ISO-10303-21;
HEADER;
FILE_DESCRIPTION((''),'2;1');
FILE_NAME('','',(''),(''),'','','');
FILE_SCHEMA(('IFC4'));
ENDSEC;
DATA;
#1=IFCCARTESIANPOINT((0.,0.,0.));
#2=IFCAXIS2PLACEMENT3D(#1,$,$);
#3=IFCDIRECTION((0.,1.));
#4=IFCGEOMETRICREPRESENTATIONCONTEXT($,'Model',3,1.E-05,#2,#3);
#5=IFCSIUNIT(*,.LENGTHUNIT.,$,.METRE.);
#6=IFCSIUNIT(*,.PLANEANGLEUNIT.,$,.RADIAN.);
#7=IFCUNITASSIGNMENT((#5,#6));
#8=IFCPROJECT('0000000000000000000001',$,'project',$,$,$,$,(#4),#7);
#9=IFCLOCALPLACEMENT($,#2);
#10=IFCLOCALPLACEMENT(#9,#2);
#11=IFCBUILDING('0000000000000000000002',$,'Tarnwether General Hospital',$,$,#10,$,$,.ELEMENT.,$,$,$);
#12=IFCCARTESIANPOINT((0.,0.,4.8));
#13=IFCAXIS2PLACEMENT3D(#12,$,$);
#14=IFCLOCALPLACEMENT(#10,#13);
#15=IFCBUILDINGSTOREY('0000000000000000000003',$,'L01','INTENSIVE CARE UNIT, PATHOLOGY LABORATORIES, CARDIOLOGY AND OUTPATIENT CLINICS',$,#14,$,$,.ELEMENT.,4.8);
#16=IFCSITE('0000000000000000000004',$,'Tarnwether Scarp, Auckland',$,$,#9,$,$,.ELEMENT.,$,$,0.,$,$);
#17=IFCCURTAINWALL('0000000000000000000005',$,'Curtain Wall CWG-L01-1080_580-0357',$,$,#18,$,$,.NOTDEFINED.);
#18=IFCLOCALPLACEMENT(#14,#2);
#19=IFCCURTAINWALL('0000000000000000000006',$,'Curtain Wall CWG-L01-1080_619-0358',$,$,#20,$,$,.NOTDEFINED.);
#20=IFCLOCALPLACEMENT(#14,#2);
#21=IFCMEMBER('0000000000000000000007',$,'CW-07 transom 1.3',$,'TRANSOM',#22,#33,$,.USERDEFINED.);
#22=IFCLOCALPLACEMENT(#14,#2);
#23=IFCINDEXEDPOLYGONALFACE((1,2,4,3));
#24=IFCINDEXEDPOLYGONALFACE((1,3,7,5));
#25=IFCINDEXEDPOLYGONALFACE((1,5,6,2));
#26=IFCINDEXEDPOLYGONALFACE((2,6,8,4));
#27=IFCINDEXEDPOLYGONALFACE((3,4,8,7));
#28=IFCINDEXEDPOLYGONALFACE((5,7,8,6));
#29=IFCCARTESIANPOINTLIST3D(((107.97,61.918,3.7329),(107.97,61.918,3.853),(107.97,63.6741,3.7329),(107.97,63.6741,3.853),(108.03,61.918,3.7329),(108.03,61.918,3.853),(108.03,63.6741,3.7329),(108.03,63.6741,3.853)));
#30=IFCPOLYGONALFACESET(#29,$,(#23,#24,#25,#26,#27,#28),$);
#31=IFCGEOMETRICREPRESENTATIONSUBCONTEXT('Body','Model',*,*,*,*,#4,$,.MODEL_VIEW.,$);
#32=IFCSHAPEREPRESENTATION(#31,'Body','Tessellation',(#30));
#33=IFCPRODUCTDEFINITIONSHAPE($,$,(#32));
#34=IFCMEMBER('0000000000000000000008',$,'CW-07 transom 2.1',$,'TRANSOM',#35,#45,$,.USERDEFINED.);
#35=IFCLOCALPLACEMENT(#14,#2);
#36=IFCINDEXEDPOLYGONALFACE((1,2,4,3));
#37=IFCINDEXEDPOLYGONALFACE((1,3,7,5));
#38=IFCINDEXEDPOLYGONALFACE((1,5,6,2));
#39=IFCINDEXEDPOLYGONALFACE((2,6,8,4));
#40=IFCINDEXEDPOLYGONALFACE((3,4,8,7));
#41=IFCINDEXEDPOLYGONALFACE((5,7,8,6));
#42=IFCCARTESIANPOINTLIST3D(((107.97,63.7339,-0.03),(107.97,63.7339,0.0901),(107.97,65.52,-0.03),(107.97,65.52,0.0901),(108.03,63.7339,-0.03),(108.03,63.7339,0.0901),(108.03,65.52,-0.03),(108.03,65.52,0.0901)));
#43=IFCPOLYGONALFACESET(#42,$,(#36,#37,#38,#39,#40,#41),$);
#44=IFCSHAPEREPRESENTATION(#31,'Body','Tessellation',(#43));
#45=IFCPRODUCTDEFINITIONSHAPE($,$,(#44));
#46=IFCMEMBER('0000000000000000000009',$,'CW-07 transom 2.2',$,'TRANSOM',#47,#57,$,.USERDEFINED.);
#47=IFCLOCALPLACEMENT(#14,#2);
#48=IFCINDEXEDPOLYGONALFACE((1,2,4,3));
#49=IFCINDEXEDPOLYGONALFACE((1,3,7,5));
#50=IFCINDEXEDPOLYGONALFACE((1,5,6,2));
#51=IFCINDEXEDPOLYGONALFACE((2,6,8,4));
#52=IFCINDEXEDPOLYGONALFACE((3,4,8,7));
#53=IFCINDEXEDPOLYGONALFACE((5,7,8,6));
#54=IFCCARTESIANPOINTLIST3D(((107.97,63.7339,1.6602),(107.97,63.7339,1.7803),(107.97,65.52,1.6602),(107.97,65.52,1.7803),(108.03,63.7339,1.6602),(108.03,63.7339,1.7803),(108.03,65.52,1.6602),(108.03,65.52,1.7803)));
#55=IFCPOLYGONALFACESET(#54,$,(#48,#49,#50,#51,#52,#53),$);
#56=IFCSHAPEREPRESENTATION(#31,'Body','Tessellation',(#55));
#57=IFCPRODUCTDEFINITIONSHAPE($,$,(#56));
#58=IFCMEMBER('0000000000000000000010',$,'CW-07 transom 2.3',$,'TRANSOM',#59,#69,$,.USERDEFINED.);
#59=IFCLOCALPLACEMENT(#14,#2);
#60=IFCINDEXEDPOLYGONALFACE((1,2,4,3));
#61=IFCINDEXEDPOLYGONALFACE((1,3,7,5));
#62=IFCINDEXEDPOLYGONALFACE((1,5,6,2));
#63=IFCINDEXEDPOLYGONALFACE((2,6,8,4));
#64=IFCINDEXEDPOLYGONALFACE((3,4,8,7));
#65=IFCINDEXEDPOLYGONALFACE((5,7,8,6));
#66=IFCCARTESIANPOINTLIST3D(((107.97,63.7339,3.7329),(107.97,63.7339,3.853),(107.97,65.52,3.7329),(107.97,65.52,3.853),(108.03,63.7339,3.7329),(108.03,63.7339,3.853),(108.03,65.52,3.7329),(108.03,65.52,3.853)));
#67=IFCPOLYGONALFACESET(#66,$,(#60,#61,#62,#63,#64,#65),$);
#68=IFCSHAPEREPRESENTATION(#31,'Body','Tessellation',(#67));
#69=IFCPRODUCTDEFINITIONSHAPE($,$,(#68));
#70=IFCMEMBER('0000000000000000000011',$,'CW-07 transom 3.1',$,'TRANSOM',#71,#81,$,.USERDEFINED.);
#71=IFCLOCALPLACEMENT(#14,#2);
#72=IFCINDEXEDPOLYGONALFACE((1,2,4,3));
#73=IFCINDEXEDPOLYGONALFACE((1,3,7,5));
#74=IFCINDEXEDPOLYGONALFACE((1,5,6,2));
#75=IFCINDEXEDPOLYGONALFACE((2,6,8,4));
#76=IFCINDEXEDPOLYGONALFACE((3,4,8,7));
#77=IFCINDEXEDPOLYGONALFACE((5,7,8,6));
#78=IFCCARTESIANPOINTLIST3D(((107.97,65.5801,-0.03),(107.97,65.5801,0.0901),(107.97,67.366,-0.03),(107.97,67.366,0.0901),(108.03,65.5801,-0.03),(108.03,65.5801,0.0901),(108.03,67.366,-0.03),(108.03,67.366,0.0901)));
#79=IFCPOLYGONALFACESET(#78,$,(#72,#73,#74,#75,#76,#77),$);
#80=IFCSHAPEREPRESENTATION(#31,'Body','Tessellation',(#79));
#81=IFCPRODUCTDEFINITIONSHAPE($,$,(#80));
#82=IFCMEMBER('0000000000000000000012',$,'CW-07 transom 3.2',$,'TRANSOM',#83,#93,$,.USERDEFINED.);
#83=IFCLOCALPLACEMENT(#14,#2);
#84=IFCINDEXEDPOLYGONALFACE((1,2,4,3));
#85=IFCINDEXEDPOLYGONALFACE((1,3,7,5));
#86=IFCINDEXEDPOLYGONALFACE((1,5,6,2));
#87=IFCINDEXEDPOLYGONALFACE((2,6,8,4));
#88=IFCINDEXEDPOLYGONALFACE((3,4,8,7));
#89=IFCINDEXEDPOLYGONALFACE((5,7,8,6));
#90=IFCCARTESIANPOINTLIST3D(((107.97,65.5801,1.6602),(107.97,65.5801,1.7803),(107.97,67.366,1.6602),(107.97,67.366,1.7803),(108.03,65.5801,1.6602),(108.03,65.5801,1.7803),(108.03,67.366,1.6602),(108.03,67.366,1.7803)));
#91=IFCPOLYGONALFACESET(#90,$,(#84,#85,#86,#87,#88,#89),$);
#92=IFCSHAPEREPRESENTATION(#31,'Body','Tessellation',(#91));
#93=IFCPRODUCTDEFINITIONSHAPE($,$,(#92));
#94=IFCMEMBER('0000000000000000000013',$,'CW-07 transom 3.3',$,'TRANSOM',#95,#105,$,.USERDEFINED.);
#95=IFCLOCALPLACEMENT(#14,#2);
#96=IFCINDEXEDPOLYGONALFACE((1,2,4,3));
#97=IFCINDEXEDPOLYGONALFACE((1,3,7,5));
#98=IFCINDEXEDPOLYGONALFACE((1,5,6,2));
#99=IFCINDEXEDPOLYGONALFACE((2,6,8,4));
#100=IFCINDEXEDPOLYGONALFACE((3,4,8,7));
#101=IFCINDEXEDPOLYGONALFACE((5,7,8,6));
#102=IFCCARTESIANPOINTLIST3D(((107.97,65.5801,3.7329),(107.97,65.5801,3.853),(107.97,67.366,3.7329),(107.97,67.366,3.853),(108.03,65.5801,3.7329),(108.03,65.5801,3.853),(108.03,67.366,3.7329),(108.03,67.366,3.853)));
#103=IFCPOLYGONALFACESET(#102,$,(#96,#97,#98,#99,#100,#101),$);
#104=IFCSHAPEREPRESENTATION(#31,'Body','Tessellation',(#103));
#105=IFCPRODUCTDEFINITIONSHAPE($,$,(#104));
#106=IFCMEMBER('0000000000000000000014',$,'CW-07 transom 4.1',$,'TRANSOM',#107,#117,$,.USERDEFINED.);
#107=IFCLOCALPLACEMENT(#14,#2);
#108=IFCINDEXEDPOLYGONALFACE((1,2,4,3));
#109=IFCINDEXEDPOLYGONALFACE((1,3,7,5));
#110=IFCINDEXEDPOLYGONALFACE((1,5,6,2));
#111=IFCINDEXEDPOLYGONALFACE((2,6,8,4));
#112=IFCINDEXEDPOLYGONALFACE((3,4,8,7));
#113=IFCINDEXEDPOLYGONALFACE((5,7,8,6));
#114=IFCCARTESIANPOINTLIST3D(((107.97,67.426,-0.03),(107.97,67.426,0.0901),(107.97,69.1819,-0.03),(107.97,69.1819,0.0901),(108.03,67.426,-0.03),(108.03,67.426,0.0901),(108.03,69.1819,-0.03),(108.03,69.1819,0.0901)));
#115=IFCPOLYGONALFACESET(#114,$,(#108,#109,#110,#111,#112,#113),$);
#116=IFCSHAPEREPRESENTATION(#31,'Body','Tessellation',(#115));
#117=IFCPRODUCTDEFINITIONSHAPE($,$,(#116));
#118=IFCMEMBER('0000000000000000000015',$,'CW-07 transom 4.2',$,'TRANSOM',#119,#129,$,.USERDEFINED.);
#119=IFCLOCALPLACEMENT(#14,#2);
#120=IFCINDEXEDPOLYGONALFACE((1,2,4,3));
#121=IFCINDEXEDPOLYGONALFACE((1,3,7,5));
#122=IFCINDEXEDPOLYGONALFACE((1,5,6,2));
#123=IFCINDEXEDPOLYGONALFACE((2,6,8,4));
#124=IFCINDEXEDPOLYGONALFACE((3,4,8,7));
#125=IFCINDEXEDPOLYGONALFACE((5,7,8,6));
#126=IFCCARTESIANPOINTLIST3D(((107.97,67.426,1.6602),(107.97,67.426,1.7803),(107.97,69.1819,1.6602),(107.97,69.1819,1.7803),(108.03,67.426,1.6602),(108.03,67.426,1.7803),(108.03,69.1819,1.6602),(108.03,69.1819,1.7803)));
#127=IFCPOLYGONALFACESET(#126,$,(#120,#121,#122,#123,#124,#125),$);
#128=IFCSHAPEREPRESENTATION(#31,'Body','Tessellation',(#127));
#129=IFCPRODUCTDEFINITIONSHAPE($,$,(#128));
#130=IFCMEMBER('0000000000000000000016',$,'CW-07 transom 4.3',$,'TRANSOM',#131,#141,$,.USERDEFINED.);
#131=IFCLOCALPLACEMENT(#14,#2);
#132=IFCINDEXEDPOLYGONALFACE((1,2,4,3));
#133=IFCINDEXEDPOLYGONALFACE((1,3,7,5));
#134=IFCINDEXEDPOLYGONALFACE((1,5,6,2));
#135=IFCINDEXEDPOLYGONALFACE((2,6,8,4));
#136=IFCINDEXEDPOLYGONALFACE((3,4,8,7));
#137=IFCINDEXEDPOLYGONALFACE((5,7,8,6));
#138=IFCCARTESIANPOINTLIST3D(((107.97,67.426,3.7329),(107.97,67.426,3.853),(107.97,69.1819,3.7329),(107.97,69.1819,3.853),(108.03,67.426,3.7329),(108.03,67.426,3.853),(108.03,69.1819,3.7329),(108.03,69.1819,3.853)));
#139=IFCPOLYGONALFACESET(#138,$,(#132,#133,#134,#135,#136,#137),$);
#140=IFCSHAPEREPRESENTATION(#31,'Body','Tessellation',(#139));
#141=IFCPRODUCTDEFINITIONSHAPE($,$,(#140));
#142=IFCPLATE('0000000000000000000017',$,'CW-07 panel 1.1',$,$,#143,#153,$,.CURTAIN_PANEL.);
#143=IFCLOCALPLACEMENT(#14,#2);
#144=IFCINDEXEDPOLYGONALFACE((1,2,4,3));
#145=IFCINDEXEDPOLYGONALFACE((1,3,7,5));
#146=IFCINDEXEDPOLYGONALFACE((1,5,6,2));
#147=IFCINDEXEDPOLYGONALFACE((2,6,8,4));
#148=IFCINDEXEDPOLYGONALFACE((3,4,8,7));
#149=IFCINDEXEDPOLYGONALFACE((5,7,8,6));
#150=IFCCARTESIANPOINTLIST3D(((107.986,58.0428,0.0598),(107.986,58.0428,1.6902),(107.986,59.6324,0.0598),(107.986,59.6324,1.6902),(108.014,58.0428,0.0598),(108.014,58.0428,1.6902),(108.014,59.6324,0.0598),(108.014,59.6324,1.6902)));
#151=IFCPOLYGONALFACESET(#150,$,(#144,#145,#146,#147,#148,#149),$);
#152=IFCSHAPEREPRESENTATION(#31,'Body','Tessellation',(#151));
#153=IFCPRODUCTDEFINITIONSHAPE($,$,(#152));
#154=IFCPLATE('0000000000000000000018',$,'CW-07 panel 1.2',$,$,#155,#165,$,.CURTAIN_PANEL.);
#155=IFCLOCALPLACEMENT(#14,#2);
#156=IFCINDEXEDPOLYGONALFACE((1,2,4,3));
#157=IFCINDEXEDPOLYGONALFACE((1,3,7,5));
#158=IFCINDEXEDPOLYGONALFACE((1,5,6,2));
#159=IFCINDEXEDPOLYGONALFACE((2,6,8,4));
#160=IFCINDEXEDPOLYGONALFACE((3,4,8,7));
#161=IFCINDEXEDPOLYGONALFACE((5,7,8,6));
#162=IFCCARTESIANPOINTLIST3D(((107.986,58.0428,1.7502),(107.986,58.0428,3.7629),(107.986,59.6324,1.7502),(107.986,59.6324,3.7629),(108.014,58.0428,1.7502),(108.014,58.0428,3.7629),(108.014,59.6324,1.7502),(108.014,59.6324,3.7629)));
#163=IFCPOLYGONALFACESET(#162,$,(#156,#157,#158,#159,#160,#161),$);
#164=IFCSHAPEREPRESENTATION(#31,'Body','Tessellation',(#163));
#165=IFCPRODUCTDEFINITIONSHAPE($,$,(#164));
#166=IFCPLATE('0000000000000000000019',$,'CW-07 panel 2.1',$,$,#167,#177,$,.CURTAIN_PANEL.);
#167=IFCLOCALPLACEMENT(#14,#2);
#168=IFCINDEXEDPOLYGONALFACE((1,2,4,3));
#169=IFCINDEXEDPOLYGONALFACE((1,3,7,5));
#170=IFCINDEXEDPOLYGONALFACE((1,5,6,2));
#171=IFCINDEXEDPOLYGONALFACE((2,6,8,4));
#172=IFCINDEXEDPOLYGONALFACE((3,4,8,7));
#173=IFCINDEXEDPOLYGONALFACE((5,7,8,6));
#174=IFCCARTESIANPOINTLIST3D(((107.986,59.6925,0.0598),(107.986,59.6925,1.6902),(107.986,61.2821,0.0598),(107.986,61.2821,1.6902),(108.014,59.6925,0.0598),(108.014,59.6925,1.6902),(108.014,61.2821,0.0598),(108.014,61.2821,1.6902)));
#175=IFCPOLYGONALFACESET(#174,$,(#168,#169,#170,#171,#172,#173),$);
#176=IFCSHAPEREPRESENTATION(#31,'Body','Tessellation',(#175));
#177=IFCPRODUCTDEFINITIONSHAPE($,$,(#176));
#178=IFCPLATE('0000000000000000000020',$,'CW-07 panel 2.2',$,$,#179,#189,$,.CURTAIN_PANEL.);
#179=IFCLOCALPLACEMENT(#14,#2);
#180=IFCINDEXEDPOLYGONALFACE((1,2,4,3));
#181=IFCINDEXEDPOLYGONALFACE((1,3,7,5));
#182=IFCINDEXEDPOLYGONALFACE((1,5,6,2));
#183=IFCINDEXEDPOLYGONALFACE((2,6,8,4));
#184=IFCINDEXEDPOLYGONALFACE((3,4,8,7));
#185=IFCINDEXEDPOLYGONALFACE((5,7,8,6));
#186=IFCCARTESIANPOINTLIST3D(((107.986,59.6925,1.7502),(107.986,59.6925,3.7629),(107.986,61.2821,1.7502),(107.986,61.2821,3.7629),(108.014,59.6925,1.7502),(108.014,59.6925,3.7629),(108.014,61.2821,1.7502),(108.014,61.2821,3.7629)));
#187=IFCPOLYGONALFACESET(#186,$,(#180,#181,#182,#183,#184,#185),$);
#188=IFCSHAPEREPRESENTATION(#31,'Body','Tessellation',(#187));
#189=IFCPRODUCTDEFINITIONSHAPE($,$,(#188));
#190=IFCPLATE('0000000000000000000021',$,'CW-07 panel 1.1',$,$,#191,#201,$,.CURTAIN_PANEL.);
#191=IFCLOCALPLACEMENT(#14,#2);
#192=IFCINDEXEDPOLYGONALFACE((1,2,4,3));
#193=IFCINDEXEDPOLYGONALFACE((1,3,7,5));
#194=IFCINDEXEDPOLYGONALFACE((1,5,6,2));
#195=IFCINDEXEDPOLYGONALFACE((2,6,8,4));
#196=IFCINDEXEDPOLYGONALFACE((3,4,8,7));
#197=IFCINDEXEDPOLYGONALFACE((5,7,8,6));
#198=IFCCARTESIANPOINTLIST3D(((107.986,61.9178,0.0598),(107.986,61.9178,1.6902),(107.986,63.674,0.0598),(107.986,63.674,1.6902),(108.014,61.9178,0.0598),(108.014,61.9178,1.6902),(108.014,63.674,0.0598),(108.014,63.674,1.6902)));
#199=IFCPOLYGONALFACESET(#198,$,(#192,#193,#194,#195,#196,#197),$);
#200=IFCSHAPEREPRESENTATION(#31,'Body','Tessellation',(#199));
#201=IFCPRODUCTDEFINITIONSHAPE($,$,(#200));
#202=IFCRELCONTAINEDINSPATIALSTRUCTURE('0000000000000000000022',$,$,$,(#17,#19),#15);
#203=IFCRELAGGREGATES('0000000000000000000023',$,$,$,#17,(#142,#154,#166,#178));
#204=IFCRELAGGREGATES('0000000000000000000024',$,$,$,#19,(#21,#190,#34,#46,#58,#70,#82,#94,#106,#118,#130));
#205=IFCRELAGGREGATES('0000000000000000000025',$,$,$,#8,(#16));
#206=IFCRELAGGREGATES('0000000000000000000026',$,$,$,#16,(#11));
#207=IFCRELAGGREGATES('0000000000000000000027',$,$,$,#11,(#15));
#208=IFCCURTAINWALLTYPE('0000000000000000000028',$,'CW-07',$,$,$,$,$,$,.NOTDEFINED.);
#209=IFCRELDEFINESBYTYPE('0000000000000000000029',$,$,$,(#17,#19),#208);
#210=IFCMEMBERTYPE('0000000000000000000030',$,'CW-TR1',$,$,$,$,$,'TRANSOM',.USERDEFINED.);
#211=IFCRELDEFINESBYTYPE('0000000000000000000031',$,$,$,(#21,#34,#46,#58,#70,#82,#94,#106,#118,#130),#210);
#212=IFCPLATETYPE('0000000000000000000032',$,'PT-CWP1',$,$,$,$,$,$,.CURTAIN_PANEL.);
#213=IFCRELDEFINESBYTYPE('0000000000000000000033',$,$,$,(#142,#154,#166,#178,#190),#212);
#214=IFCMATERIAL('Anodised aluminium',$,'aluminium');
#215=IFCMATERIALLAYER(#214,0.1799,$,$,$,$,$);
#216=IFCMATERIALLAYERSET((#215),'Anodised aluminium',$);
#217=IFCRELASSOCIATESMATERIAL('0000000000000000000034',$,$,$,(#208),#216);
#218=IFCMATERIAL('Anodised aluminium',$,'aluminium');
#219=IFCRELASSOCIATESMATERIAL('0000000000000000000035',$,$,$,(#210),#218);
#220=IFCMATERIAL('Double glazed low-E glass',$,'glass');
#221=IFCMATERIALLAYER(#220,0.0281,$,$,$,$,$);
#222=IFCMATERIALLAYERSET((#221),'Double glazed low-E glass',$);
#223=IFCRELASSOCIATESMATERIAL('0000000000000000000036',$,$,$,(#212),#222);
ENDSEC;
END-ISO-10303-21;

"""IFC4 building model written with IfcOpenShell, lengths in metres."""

from ifc_helpers import new_model, si_unit, direction, frame, origin, origin_2d, place, context, subcontext, project, spatial, rectangle, extrude, material, layer, layer_set, material_profile, profile_set, type_object, element, aggregate, save


model = new_model("IFC4")

# Units and contexts
model_context = context("Model", 3, precision=1e-05, world=origin(), true_north=direction((0.0, 1.0)))
body_context = subcontext(model_context, "Body", "Model", "MODEL_VIEW")
ifc_project = project(units=[si_unit("LENGTHUNIT", "METRE"), si_unit("PLANEANGLEUNIT", "RADIAN")], contexts=[model_context])

# Site, building, storey
site_placement = place(None, origin())
site = spatial("IfcSite", under=ifc_project, at=site_placement, Name="Tarnwether Scarp, Auckland", CompositionType="ELEMENT", RefElevation=0.0)
building_placement = place(site_placement, origin())
building = spatial("IfcBuilding", under=site, at=building_placement, Name="Tarnwether General Hospital", CompositionType="ELEMENT")
storey_placement = place(building_placement, frame((0.0, 0.0, 4.8)))
storey = spatial("IfcBuildingStorey", under=building, at=storey_placement, Name="L01", Description="INTENSIVE CARE UNIT, PATHOLOGY LABORATORIES, CARDIOLOGY AND OUTPATIENT CLINICS", CompositionType="ELEMENT", Elevation=4.8)

# Curtain walls
ifc_material_1 = material(Name="Anodised aluminium", Category="aluminium")
ifc_layer_1 = layer(ifc_material_1, 0.1799)
ifc_layer_set_1 = layer_set([ifc_layer_1], Name="Anodised aluminium")
curtain_wall_type = type_object("IfcCurtainWallType", Name="CW-07", PredefinedType="NOTDEFINED", material=ifc_layer_set_1)
curtain_wall_1_placement = place(storey_placement, origin())
curtain_wall_1 = element("IfcCurtainWall", 1, at=curtain_wall_1_placement, inside=storey, type_object=curtain_wall_type, Name="Curtain Wall CWG-L01-1080_580-0357", PredefinedType="NOTDEFINED")
curtain_wall_2_placement = place(storey_placement, origin())
curtain_wall_2 = element("IfcCurtainWall", 2, at=curtain_wall_2_placement, inside=storey, type_object=curtain_wall_type, Name="Curtain Wall CWG-L01-1080_619-0358", PredefinedType="NOTDEFINED")

# Members
ifc_material_2 = material(Name="Anodised aluminium", Category="aluminium")
ifc_material_profile_1 = material_profile(ifc_material_2, rectangle(XDim=0.0601, YDim=0.1201, at=origin_2d()), Name="ALU-TRN-60x120")
ifc_profile_set_1 = profile_set([ifc_material_profile_1], Name="Anodised aluminium")
member_type_1 = type_object("IfcMemberType", Name="CW-TR1", ElementType="TRANSOM", PredefinedType="USERDEFINED", material=ifc_profile_set_1)
member_1_placement = place(storey_placement, frame((108.0, 61.918, 3.793), z_axis=(0.0, 1.0, 0.0), x_axis=(-1.0, 0.0, 0.0)))
member_1 = element("IfcMember", 3, at=member_1_placement, type_object=member_type_1, Name="CW-07 transom 1.3", ObjectType="TRANSOM", PredefinedType="USERDEFINED", context=body_context, shape_type="SweptSolid", body=[
    extrude(rectangle(XDim=0.0601, YDim=0.1201, at=origin_2d()), origin(), (0.0, 0.0, 1.0), 1.7561),
])
member_2_placement = place(storey_placement, frame((108.0, 63.7339, 0.03), z_axis=(0.0, 1.0, 0.0), x_axis=(-1.0, 0.0, 0.0)))
member_2 = element("IfcMember", 4, at=member_2_placement, type_object=member_type_1, Name="CW-07 transom 2.1", ObjectType="TRANSOM", PredefinedType="USERDEFINED", context=body_context, shape_type="SweptSolid", body=[
    extrude(rectangle(XDim=0.0601, YDim=0.1201, at=origin_2d()), origin(), (0.0, 0.0, 1.0), 1.7861),
])
member_3_placement = place(storey_placement, frame((108.0, 63.7339, 1.7202), z_axis=(0.0, 1.0, 0.0), x_axis=(-1.0, 0.0, 0.0)))
member_3 = element("IfcMember", 5, at=member_3_placement, type_object=member_type_1, Name="CW-07 transom 2.2", ObjectType="TRANSOM", PredefinedType="USERDEFINED", context=body_context, shape_type="SweptSolid", body=[
    extrude(rectangle(XDim=0.0601, YDim=0.1201, at=origin_2d()), origin(), (0.0, 0.0, 1.0), 1.7861),
])
member_4_placement = place(storey_placement, frame((108.0, 63.7339, 3.793), z_axis=(0.0, 1.0, 0.0), x_axis=(-1.0, 0.0, 0.0)))
member_4 = element("IfcMember", 6, at=member_4_placement, type_object=member_type_1, Name="CW-07 transom 2.3", ObjectType="TRANSOM", PredefinedType="USERDEFINED", context=body_context, shape_type="SweptSolid", body=[
    extrude(rectangle(XDim=0.0601, YDim=0.1201, at=origin_2d()), origin(), (0.0, 0.0, 1.0), 1.7861),
])
member_5_placement = place(storey_placement, frame((108.0, 65.5801, 0.03), z_axis=(0.0, 1.0, 0.0), x_axis=(-1.0, 0.0, 0.0)))
member_5 = element("IfcMember", 7, at=member_5_placement, type_object=member_type_1, Name="CW-07 transom 3.1", ObjectType="TRANSOM", PredefinedType="USERDEFINED", context=body_context, shape_type="SweptSolid", body=[
    extrude(rectangle(XDim=0.0601, YDim=0.1201, at=origin_2d()), origin(), (0.0, 0.0, 1.0), 1.7859),
])
member_6_placement = place(storey_placement, frame((108.0, 65.5801, 1.7202), z_axis=(0.0, 1.0, 0.0), x_axis=(-1.0, 0.0, 0.0)))
member_6 = element("IfcMember", 8, at=member_6_placement, type_object=member_type_1, Name="CW-07 transom 3.2", ObjectType="TRANSOM", PredefinedType="USERDEFINED", context=body_context, shape_type="SweptSolid", body=[
    extrude(rectangle(XDim=0.0601, YDim=0.1201, at=origin_2d()), origin(), (0.0, 0.0, 1.0), 1.7859),
])
member_7_placement = place(storey_placement, frame((108.0, 65.5801, 3.793), z_axis=(0.0, 1.0, 0.0), x_axis=(-1.0, 0.0, 0.0)))
member_7 = element("IfcMember", 9, at=member_7_placement, type_object=member_type_1, Name="CW-07 transom 3.3", ObjectType="TRANSOM", PredefinedType="USERDEFINED", context=body_context, shape_type="SweptSolid", body=[
    extrude(rectangle(XDim=0.0601, YDim=0.1201, at=origin_2d()), origin(), (0.0, 0.0, 1.0), 1.7859),
])
member_8_placement = place(storey_placement, frame((108.0, 67.426, 0.03), z_axis=(0.0, 1.0, 0.0), x_axis=(-1.0, 0.0, 0.0)))
member_8 = element("IfcMember", 10, at=member_8_placement, type_object=member_type_1, Name="CW-07 transom 4.1", ObjectType="TRANSOM", PredefinedType="USERDEFINED", context=body_context, shape_type="SweptSolid", body=[
    extrude(rectangle(XDim=0.0601, YDim=0.1201, at=origin_2d()), origin(), (0.0, 0.0, 1.0), 1.7559),
])
member_9_placement = place(storey_placement, frame((108.0, 67.426, 1.7202), z_axis=(0.0, 1.0, 0.0), x_axis=(-1.0, 0.0, 0.0)))
member_9 = element("IfcMember", 11, at=member_9_placement, type_object=member_type_1, Name="CW-07 transom 4.2", ObjectType="TRANSOM", PredefinedType="USERDEFINED", context=body_context, shape_type="SweptSolid", body=[
    extrude(rectangle(XDim=0.0601, YDim=0.1201, at=origin_2d()), origin(), (0.0, 0.0, 1.0), 1.7559),
])
member_10_placement = place(storey_placement, frame((108.0, 67.426, 3.793), z_axis=(0.0, 1.0, 0.0), x_axis=(-1.0, 0.0, 0.0)))
member_10 = element("IfcMember", 12, at=member_10_placement, type_object=member_type_1, Name="CW-07 transom 4.3", ObjectType="TRANSOM", PredefinedType="USERDEFINED", context=body_context, shape_type="SweptSolid", body=[
    extrude(rectangle(XDim=0.0601, YDim=0.1201, at=origin_2d()), origin(), (0.0, 0.0, 1.0), 1.7559),
])

# Plates
ifc_material_3 = material(Name="Double glazed low-E glass", Category="glass")
ifc_layer_2 = layer(ifc_material_3, 0.0281)
ifc_layer_set_2 = layer_set([ifc_layer_2], Name="Double glazed low-E glass")
plate_type = type_object("IfcPlateType", Name="PT-CWP1", PredefinedType="CURTAIN_PANEL", material=ifc_layer_set_2)
plate_1_placement = place(storey_placement, frame((108.0, 58.8376, 0.0598), z_axis=(0.0, 0.0, 1.0), x_axis=(0.0, 1.0, 0.0)))
plate_1 = element("IfcPlate", 13, at=plate_1_placement, type_object=plate_type, Name="CW-07 panel 1.1", PredefinedType="CURTAIN_PANEL", context=body_context, shape_type="SweptSolid", body=[
    extrude(rectangle(XDim=1.5896, YDim=0.0281, at=origin_2d()), origin(), (0.0, 0.0, 1.0), 1.6304),
])
plate_2_placement = place(storey_placement, frame((108.0, 58.8376, 1.7502), z_axis=(0.0, 0.0, 1.0), x_axis=(0.0, 1.0, 0.0)))
plate_2 = element("IfcPlate", 14, at=plate_2_placement, type_object=plate_type, Name="CW-07 panel 1.2", PredefinedType="CURTAIN_PANEL", context=body_context, shape_type="SweptSolid", body=[
    extrude(rectangle(XDim=1.5896, YDim=0.0281, at=origin_2d()), origin(), (0.0, 0.0, 1.0), 2.0127),
])
plate_3_placement = place(storey_placement, frame((108.0, 60.4873, 0.0598), z_axis=(0.0, 0.0, 1.0), x_axis=(0.0, 1.0, 0.0)))
plate_3 = element("IfcPlate", 15, at=plate_3_placement, type_object=plate_type, Name="CW-07 panel 2.1", PredefinedType="CURTAIN_PANEL", context=body_context, shape_type="SweptSolid", body=[
    extrude(rectangle(XDim=1.5896, YDim=0.0281, at=origin_2d()), origin(), (0.0, 0.0, 1.0), 1.6304),
])
plate_4_placement = place(storey_placement, frame((108.0, 60.4873, 1.7502), z_axis=(0.0, 0.0, 1.0), x_axis=(0.0, 1.0, 0.0)))
plate_4 = element("IfcPlate", 16, at=plate_4_placement, type_object=plate_type, Name="CW-07 panel 2.2", PredefinedType="CURTAIN_PANEL", context=body_context, shape_type="SweptSolid", body=[
    extrude(rectangle(XDim=1.5896, YDim=0.0281, at=origin_2d()), origin(), (0.0, 0.0, 1.0), 2.0127),
])
aggregate(curtain_wall_1, [plate_1, plate_2, plate_3, plate_4])
plate_5_placement = place(storey_placement, frame((108.0, 62.7959, 0.0598), z_axis=(0.0, 0.0, 1.0), x_axis=(0.0, 1.0, 0.0)))
plate_5 = element("IfcPlate", 17, at=plate_5_placement, type_object=plate_type, Name="CW-07 panel 1.1", PredefinedType="CURTAIN_PANEL", context=body_context, shape_type="SweptSolid", body=[
    extrude(rectangle(XDim=1.7561, YDim=0.0281, at=origin_2d()), origin(), (0.0, 0.0, 1.0), 1.6304),
])
aggregate(curtain_wall_2, [member_1, plate_5, member_2, member_3, member_4, member_5, member_6, member_7, member_8, member_9, member_10])

save(model, "model.ifc")
